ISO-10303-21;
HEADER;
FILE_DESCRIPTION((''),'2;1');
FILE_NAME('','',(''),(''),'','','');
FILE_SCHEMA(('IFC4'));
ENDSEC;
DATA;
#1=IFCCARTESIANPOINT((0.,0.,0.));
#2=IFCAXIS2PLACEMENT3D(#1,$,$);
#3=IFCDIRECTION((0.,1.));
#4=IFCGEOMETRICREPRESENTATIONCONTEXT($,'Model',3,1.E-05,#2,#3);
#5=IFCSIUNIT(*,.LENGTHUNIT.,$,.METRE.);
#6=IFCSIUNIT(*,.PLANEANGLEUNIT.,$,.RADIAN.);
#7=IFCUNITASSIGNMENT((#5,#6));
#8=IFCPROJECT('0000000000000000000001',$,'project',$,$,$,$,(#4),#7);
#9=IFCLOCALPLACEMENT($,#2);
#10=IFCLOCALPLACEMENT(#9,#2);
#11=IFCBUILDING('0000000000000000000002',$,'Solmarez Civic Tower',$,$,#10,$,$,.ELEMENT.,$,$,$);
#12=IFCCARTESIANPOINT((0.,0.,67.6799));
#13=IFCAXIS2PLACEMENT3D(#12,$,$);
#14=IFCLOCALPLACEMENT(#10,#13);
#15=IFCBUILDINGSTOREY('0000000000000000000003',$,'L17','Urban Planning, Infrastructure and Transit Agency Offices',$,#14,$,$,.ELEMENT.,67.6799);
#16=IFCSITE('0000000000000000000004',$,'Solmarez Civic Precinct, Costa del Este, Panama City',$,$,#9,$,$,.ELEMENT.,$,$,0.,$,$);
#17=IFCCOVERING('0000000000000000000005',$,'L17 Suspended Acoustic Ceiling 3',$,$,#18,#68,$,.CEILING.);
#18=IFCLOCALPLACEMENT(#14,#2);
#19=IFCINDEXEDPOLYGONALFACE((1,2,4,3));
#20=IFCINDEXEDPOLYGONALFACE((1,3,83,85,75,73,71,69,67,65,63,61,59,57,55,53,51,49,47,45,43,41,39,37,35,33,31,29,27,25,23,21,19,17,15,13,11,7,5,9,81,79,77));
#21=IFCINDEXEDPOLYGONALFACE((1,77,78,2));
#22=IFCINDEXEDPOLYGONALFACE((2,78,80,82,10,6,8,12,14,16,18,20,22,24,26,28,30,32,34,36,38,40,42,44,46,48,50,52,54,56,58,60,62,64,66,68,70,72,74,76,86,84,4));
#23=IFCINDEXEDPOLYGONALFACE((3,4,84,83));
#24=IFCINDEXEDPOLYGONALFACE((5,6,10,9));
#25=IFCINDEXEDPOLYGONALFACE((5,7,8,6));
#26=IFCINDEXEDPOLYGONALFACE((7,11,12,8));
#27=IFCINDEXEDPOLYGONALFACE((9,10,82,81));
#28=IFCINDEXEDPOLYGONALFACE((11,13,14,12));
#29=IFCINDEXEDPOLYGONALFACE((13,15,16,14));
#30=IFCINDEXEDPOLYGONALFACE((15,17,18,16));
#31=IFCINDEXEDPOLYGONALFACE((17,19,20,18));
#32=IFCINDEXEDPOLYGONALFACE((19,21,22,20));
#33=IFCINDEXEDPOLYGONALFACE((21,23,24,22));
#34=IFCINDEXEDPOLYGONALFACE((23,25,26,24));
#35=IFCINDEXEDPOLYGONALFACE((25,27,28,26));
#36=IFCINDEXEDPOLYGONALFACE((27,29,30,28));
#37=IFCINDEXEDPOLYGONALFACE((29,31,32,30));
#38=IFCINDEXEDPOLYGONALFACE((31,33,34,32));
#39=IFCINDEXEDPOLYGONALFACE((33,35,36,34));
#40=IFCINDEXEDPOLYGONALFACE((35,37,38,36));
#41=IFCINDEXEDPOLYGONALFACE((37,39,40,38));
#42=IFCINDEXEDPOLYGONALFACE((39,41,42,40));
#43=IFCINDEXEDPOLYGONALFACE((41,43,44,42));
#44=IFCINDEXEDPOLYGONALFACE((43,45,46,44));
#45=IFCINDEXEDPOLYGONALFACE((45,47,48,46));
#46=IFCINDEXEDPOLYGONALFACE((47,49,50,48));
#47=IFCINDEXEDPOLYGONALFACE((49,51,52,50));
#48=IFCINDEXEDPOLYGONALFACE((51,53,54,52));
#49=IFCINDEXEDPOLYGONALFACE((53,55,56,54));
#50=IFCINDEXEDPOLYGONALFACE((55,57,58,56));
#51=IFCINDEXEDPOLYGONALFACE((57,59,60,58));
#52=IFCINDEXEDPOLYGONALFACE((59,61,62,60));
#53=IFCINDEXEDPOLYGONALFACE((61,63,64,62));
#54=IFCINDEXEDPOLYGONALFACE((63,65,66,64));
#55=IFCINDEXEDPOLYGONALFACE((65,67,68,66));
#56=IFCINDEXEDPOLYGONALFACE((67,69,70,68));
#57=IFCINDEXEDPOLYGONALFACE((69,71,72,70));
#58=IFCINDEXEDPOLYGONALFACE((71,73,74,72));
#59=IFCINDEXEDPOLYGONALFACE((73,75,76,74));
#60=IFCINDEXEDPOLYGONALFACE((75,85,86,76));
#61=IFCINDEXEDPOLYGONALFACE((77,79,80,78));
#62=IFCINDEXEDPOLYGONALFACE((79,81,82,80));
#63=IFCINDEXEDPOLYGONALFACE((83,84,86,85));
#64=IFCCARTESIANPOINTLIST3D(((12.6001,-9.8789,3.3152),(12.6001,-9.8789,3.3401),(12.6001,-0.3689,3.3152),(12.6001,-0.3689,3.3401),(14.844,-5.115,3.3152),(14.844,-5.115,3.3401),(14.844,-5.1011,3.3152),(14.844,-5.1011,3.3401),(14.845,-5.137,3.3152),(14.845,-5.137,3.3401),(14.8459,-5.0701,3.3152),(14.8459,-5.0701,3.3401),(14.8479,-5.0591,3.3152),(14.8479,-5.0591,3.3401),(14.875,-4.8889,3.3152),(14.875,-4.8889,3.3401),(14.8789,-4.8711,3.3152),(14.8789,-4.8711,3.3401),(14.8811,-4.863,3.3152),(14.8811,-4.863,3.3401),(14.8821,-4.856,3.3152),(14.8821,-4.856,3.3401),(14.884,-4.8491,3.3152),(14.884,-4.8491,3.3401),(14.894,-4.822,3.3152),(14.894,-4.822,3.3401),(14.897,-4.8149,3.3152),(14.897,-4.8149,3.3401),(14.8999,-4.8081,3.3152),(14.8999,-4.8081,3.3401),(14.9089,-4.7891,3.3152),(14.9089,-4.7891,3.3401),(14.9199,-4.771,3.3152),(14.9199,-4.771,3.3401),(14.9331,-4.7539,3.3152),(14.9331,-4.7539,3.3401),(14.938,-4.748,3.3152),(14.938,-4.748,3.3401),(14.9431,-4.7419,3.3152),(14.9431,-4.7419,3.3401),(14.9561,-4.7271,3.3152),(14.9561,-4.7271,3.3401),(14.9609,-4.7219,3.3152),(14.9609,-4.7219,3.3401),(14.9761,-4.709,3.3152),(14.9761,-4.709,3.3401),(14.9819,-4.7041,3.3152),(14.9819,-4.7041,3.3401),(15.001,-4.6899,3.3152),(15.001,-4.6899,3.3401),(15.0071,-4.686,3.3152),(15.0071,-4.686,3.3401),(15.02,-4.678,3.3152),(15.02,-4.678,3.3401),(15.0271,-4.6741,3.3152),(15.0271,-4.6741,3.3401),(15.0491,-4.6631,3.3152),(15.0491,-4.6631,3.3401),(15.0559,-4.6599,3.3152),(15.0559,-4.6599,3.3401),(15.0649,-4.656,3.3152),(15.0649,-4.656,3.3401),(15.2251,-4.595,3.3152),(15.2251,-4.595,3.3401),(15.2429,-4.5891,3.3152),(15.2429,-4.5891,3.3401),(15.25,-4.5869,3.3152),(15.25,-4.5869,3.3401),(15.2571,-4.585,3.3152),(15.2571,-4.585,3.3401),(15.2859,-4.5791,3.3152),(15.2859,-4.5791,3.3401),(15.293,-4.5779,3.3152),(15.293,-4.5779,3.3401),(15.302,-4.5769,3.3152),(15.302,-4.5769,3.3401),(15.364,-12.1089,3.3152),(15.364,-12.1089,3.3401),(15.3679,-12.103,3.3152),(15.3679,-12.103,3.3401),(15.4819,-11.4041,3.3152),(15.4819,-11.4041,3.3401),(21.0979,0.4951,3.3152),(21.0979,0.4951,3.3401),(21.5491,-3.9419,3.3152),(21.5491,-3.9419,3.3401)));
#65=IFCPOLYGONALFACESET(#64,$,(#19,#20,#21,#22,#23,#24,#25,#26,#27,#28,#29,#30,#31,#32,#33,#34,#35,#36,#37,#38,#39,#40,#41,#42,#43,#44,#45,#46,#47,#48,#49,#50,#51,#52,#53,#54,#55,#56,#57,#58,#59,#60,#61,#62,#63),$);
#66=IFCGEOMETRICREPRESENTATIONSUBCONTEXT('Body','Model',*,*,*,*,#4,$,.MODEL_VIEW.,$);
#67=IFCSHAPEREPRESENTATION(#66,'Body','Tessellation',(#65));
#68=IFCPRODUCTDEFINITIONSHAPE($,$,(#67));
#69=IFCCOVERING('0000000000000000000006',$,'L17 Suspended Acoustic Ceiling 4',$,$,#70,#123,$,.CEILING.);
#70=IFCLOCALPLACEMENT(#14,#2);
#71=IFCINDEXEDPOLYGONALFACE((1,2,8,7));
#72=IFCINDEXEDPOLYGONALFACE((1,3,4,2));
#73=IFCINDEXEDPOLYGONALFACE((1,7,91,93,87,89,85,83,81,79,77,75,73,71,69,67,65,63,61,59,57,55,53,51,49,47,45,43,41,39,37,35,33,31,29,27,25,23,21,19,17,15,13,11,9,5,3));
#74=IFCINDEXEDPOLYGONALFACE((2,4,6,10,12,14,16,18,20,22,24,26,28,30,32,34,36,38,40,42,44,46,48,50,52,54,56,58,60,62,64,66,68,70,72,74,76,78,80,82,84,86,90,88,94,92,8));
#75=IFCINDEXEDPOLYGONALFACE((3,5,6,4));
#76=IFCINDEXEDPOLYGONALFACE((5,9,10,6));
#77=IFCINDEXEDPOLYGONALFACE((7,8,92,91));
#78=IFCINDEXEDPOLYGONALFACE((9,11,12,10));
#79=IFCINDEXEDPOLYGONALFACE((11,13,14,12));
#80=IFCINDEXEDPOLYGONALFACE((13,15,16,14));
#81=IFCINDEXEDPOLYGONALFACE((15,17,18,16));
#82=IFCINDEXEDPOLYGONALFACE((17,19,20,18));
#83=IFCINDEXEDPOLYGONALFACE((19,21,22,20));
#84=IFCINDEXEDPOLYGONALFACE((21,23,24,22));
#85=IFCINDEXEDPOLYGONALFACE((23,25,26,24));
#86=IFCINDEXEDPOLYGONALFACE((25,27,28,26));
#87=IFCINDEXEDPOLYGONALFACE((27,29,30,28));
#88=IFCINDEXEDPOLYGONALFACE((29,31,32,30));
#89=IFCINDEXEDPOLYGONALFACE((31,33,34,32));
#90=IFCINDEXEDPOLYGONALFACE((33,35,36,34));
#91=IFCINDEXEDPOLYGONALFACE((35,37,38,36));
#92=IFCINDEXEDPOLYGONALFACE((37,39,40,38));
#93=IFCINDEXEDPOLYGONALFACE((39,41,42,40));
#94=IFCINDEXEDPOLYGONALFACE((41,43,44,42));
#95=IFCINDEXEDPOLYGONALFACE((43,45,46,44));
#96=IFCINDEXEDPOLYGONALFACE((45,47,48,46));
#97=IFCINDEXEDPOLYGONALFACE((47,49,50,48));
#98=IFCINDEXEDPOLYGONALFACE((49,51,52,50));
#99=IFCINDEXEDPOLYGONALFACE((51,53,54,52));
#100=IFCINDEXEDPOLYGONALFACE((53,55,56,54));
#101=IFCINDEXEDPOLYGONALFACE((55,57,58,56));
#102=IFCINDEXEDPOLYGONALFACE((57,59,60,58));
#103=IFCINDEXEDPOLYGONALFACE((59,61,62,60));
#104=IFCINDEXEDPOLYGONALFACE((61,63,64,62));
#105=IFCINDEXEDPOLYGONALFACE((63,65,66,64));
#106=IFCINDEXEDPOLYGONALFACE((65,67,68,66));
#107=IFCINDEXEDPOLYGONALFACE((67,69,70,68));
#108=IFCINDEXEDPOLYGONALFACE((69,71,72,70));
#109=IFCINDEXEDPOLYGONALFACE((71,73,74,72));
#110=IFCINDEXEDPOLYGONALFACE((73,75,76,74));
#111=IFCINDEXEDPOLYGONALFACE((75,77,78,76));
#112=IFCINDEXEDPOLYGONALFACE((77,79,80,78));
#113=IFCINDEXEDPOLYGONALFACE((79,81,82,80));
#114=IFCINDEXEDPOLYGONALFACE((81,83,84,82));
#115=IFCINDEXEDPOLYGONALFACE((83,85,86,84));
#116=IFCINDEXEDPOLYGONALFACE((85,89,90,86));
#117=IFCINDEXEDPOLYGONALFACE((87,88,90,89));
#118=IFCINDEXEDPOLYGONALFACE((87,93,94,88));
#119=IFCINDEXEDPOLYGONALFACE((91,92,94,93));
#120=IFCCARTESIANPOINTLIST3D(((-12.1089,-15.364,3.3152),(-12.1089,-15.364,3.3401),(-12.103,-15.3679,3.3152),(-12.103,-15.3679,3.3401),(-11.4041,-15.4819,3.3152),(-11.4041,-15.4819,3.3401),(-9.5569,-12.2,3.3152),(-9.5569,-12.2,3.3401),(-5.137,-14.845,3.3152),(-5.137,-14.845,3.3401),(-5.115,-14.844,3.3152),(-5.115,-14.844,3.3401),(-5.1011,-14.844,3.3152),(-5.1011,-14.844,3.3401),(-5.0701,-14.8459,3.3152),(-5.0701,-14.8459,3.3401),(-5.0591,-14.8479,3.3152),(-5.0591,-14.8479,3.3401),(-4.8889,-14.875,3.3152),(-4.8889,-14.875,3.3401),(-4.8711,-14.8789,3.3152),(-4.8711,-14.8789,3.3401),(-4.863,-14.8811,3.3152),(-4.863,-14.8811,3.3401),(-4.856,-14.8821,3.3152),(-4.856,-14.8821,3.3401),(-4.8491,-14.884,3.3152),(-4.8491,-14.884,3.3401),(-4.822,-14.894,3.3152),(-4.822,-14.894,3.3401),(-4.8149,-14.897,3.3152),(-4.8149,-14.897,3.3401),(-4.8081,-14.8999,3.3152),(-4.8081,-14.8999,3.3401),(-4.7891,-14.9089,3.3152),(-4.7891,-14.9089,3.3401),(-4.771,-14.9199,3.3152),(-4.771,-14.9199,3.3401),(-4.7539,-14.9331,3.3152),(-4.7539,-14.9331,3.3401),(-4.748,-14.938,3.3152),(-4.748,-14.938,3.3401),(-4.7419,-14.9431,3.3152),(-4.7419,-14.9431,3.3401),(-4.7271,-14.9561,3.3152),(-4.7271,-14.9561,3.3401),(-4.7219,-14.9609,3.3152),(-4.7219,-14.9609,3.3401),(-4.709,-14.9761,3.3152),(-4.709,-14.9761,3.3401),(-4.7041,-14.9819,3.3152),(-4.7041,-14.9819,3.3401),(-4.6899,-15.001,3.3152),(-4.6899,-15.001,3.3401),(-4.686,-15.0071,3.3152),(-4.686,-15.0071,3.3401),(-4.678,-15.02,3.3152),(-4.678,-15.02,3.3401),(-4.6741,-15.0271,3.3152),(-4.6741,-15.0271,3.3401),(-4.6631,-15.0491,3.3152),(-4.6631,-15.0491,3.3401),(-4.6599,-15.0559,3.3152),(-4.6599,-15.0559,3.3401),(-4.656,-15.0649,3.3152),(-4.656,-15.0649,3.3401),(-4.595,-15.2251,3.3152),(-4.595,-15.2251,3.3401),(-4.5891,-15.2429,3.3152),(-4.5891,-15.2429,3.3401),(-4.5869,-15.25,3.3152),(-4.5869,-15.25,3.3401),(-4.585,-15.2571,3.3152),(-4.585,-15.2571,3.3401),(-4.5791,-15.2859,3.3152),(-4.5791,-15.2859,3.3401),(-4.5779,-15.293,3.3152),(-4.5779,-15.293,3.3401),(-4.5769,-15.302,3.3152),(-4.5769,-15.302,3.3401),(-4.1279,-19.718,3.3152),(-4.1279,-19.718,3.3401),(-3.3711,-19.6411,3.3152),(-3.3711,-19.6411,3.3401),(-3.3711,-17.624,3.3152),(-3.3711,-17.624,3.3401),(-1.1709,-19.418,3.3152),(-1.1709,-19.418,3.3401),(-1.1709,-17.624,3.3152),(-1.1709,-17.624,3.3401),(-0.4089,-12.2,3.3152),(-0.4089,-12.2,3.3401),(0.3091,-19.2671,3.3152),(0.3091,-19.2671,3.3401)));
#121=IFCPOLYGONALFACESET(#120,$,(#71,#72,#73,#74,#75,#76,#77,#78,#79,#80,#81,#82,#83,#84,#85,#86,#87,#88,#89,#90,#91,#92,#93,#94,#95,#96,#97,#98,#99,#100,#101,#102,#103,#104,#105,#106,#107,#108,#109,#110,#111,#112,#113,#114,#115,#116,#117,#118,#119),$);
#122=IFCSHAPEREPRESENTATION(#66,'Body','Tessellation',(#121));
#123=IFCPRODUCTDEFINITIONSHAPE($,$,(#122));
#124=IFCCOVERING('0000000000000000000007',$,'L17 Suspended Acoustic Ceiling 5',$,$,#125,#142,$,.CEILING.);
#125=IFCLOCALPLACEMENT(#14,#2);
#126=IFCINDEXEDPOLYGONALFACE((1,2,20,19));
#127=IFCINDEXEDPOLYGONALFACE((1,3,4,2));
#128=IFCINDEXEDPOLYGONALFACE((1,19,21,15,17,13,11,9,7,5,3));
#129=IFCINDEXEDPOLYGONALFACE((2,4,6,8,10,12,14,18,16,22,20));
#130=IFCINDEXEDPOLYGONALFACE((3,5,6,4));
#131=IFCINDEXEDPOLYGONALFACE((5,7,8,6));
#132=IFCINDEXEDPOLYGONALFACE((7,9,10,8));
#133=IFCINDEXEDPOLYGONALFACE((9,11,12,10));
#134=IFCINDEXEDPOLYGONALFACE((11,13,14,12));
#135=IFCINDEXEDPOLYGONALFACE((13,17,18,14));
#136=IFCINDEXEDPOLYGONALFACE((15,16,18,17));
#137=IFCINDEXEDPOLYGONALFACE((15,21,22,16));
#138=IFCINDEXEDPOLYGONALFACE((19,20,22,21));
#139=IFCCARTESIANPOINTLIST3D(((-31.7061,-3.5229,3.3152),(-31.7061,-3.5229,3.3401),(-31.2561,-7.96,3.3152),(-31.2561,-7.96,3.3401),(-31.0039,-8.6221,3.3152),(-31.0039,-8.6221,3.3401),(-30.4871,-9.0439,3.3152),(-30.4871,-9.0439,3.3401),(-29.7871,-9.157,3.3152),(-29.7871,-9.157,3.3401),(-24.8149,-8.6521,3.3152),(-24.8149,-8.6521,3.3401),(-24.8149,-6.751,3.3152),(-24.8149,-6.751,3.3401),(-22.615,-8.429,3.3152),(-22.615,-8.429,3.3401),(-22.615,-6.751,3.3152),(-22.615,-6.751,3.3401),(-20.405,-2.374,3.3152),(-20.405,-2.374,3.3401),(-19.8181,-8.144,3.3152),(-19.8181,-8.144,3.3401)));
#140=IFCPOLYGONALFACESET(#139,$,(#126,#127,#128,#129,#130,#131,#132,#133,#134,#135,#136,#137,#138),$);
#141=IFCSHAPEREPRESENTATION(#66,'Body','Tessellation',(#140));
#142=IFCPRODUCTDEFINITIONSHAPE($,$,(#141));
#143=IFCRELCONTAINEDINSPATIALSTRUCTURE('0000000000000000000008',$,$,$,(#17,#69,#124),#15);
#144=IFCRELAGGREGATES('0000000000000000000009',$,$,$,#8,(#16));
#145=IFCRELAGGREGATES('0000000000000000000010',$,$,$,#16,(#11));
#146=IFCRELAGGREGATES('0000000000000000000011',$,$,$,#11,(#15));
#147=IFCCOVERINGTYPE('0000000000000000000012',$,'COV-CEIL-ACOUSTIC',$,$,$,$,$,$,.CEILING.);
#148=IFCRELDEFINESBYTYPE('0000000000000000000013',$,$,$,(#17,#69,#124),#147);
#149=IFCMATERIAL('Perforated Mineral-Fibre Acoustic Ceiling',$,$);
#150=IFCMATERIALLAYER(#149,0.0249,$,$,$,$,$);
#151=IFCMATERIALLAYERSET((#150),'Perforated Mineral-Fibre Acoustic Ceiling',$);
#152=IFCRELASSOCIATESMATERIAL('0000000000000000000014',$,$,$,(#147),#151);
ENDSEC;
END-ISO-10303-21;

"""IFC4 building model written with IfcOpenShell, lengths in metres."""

from ifc_helpers import new_model, si_unit, direction, frame, origin, place, context, subcontext, project, spatial, polyline, outline, extrude, material, layer, layer_set, type_object, element, save


model = new_model("IFC4")

# Units and contexts
model_context = context("Model", 3, precision=1e-05, world=origin(), true_north=direction((0.0, 1.0)))
body_context = subcontext(model_context, "Body", "Model", "MODEL_VIEW")
ifc_project = project(units=[si_unit("LENGTHUNIT", "METRE"), si_unit("PLANEANGLEUNIT", "RADIAN")], contexts=[model_context])

# Site, building, storey
site_placement = place(None, origin())
site = spatial("IfcSite", under=ifc_project, at=site_placement, Name="Solmarez Civic Precinct, Costa del Este, Panama City", CompositionType="ELEMENT", RefElevation=0.0)
building_placement = place(site_placement, origin())
building = spatial("IfcBuilding", under=site, at=building_placement, Name="Solmarez Civic Tower", CompositionType="ELEMENT")
storey_placement = place(building_placement, frame((0.0, 0.0, 67.6799)))
storey = spatial("IfcBuildingStorey", under=building, at=storey_placement, Name="L17", Description="Urban Planning, Infrastructure and Transit Agency Offices", CompositionType="ELEMENT", Elevation=67.6799)

# Coverings
ifc_material_1 = material(Name="Perforated Mineral-Fibre Acoustic Ceiling")
ifc_layer_1 = layer(ifc_material_1, 0.0249)
ifc_layer_set_1 = layer_set([ifc_layer_1], Name="Perforated Mineral-Fibre Acoustic Ceiling")
covering_type_1 = type_object("IfcCoveringType", Name="COV-CEIL-ACOUSTIC", PredefinedType="CEILING", material=ifc_layer_set_1)
covering_1_placement = place(storey_placement, frame((0.0, 0.0, 3.3152)))
element("IfcCovering", 1, at=covering_1_placement, inside=storey, type_object=covering_type_1, Name="L17 Suspended Acoustic Ceiling 3", PredefinedType="CEILING", context=body_context, shape_type="SweptSolid", body=[
    extrude(outline(polyline([(12.6001, -0.3689), (12.6001, -9.8789), (15.364, -12.1089), (15.3679, -12.103), (15.4819, -11.4041), (14.845, -5.137), (14.844, -5.115), (14.844, -5.1011), (14.8459, -5.0701), (14.8479, -5.0591), (14.875, -4.8889), (14.8789, -4.8711), (14.8811, -4.863), (14.8821, -4.856), (14.884, -4.8491), (14.894, -4.822), (14.897, -4.8149), (14.8999, -4.8081), (14.9089, -4.7891), (14.9199, -4.771), (14.9331, -4.7539), (14.938, -4.748), (14.9431, -4.7419), (14.9561, -4.7271), (14.9609, -4.7219), (14.9761, -4.709), (14.9819, -4.7041), (15.001, -4.6899), (15.0071, -4.686), (15.02, -4.678), (15.0271, -4.6741), (15.0491, -4.6631), (15.0559, -4.6599), (15.0649, -4.656), (15.2251, -4.595), (15.2429, -4.5891), (15.25, -4.5869), (15.2571, -4.585), (15.2859, -4.5791), (15.293, -4.5779), (15.302, -4.5769), (21.5491, -3.9419), (21.0979, 0.4951), (12.6001, -0.3689)])), origin(), (0.0, 0.0, 1.0), 0.0249),
])
covering_2_placement = place(storey_placement, frame((0.0, 0.0, 3.3152)))
element("IfcCovering", 2, at=covering_2_placement, inside=storey, type_object=covering_type_1, Name="L17 Suspended Acoustic Ceiling 4", PredefinedType="CEILING", context=body_context, shape_type="SweptSolid", body=[
    extrude(outline(polyline([(-0.4089, -12.2), (-9.5569, -12.2), (-12.1089, -15.364), (-12.103, -15.3679), (-11.4041, -15.4819), (-5.137, -14.845), (-5.115, -14.844), (-5.1011, -14.844), (-5.0701, -14.8459), (-5.0591, -14.8479), (-4.8889, -14.875), (-4.8711, -14.8789), (-4.863, -14.8811), (-4.856, -14.8821), (-4.8491, -14.884), (-4.822, -14.894), (-4.8149, -14.897), (-4.8081, -14.8999), (-4.7891, -14.9089), (-4.771, -14.9199), (-4.7539, -14.9331), (-4.748, -14.938), (-4.7419, -14.9431), (-4.7271, -14.9561), (-4.7219, -14.9609), (-4.709, -14.9761), (-4.7041, -14.9819), (-4.6899, -15.001), (-4.686, -15.0071), (-4.678, -15.02), (-4.6741, -15.0271), (-4.6631, -15.0491), (-4.6599, -15.0559), (-4.656, -15.0649), (-4.595, -15.2251), (-4.5891, -15.2429), (-4.5869, -15.25), (-4.585, -15.2571), (-4.5791, -15.2859), (-4.5779, -15.293), (-4.5769, -15.302), (-4.1279, -19.718), (-3.3711, -19.6411), (-3.3711, -17.624), (-1.1709, -17.624), (-1.1709, -19.418), (0.3091, -19.2671), (-0.4089, -12.2)])), origin(), (0.0, 0.0, 1.0), 0.0249),
])
covering_3_placement = place(storey_placement, frame((0.0, 0.0, 3.3152)))
element("IfcCovering", 3, at=covering_3_placement, inside=storey, type_object=covering_type_1, Name="L17 Suspended Acoustic Ceiling 5", PredefinedType="CEILING", context=body_context, shape_type="SweptSolid", body=[
    extrude(outline(polyline([(-31.7061, -3.5229), (-31.2561, -7.96), (-31.0039, -8.6221), (-30.4871, -9.0439), (-29.7871, -9.157), (-24.8149, -8.6521), (-24.8149, -6.751), (-22.615, -6.751), (-22.615, -8.429), (-19.8181, -8.144), (-20.405, -2.374), (-31.7061, -3.5229)])), origin(), (0.0, 0.0, 1.0), 0.0249),
])

save(model, "model.ifc")
